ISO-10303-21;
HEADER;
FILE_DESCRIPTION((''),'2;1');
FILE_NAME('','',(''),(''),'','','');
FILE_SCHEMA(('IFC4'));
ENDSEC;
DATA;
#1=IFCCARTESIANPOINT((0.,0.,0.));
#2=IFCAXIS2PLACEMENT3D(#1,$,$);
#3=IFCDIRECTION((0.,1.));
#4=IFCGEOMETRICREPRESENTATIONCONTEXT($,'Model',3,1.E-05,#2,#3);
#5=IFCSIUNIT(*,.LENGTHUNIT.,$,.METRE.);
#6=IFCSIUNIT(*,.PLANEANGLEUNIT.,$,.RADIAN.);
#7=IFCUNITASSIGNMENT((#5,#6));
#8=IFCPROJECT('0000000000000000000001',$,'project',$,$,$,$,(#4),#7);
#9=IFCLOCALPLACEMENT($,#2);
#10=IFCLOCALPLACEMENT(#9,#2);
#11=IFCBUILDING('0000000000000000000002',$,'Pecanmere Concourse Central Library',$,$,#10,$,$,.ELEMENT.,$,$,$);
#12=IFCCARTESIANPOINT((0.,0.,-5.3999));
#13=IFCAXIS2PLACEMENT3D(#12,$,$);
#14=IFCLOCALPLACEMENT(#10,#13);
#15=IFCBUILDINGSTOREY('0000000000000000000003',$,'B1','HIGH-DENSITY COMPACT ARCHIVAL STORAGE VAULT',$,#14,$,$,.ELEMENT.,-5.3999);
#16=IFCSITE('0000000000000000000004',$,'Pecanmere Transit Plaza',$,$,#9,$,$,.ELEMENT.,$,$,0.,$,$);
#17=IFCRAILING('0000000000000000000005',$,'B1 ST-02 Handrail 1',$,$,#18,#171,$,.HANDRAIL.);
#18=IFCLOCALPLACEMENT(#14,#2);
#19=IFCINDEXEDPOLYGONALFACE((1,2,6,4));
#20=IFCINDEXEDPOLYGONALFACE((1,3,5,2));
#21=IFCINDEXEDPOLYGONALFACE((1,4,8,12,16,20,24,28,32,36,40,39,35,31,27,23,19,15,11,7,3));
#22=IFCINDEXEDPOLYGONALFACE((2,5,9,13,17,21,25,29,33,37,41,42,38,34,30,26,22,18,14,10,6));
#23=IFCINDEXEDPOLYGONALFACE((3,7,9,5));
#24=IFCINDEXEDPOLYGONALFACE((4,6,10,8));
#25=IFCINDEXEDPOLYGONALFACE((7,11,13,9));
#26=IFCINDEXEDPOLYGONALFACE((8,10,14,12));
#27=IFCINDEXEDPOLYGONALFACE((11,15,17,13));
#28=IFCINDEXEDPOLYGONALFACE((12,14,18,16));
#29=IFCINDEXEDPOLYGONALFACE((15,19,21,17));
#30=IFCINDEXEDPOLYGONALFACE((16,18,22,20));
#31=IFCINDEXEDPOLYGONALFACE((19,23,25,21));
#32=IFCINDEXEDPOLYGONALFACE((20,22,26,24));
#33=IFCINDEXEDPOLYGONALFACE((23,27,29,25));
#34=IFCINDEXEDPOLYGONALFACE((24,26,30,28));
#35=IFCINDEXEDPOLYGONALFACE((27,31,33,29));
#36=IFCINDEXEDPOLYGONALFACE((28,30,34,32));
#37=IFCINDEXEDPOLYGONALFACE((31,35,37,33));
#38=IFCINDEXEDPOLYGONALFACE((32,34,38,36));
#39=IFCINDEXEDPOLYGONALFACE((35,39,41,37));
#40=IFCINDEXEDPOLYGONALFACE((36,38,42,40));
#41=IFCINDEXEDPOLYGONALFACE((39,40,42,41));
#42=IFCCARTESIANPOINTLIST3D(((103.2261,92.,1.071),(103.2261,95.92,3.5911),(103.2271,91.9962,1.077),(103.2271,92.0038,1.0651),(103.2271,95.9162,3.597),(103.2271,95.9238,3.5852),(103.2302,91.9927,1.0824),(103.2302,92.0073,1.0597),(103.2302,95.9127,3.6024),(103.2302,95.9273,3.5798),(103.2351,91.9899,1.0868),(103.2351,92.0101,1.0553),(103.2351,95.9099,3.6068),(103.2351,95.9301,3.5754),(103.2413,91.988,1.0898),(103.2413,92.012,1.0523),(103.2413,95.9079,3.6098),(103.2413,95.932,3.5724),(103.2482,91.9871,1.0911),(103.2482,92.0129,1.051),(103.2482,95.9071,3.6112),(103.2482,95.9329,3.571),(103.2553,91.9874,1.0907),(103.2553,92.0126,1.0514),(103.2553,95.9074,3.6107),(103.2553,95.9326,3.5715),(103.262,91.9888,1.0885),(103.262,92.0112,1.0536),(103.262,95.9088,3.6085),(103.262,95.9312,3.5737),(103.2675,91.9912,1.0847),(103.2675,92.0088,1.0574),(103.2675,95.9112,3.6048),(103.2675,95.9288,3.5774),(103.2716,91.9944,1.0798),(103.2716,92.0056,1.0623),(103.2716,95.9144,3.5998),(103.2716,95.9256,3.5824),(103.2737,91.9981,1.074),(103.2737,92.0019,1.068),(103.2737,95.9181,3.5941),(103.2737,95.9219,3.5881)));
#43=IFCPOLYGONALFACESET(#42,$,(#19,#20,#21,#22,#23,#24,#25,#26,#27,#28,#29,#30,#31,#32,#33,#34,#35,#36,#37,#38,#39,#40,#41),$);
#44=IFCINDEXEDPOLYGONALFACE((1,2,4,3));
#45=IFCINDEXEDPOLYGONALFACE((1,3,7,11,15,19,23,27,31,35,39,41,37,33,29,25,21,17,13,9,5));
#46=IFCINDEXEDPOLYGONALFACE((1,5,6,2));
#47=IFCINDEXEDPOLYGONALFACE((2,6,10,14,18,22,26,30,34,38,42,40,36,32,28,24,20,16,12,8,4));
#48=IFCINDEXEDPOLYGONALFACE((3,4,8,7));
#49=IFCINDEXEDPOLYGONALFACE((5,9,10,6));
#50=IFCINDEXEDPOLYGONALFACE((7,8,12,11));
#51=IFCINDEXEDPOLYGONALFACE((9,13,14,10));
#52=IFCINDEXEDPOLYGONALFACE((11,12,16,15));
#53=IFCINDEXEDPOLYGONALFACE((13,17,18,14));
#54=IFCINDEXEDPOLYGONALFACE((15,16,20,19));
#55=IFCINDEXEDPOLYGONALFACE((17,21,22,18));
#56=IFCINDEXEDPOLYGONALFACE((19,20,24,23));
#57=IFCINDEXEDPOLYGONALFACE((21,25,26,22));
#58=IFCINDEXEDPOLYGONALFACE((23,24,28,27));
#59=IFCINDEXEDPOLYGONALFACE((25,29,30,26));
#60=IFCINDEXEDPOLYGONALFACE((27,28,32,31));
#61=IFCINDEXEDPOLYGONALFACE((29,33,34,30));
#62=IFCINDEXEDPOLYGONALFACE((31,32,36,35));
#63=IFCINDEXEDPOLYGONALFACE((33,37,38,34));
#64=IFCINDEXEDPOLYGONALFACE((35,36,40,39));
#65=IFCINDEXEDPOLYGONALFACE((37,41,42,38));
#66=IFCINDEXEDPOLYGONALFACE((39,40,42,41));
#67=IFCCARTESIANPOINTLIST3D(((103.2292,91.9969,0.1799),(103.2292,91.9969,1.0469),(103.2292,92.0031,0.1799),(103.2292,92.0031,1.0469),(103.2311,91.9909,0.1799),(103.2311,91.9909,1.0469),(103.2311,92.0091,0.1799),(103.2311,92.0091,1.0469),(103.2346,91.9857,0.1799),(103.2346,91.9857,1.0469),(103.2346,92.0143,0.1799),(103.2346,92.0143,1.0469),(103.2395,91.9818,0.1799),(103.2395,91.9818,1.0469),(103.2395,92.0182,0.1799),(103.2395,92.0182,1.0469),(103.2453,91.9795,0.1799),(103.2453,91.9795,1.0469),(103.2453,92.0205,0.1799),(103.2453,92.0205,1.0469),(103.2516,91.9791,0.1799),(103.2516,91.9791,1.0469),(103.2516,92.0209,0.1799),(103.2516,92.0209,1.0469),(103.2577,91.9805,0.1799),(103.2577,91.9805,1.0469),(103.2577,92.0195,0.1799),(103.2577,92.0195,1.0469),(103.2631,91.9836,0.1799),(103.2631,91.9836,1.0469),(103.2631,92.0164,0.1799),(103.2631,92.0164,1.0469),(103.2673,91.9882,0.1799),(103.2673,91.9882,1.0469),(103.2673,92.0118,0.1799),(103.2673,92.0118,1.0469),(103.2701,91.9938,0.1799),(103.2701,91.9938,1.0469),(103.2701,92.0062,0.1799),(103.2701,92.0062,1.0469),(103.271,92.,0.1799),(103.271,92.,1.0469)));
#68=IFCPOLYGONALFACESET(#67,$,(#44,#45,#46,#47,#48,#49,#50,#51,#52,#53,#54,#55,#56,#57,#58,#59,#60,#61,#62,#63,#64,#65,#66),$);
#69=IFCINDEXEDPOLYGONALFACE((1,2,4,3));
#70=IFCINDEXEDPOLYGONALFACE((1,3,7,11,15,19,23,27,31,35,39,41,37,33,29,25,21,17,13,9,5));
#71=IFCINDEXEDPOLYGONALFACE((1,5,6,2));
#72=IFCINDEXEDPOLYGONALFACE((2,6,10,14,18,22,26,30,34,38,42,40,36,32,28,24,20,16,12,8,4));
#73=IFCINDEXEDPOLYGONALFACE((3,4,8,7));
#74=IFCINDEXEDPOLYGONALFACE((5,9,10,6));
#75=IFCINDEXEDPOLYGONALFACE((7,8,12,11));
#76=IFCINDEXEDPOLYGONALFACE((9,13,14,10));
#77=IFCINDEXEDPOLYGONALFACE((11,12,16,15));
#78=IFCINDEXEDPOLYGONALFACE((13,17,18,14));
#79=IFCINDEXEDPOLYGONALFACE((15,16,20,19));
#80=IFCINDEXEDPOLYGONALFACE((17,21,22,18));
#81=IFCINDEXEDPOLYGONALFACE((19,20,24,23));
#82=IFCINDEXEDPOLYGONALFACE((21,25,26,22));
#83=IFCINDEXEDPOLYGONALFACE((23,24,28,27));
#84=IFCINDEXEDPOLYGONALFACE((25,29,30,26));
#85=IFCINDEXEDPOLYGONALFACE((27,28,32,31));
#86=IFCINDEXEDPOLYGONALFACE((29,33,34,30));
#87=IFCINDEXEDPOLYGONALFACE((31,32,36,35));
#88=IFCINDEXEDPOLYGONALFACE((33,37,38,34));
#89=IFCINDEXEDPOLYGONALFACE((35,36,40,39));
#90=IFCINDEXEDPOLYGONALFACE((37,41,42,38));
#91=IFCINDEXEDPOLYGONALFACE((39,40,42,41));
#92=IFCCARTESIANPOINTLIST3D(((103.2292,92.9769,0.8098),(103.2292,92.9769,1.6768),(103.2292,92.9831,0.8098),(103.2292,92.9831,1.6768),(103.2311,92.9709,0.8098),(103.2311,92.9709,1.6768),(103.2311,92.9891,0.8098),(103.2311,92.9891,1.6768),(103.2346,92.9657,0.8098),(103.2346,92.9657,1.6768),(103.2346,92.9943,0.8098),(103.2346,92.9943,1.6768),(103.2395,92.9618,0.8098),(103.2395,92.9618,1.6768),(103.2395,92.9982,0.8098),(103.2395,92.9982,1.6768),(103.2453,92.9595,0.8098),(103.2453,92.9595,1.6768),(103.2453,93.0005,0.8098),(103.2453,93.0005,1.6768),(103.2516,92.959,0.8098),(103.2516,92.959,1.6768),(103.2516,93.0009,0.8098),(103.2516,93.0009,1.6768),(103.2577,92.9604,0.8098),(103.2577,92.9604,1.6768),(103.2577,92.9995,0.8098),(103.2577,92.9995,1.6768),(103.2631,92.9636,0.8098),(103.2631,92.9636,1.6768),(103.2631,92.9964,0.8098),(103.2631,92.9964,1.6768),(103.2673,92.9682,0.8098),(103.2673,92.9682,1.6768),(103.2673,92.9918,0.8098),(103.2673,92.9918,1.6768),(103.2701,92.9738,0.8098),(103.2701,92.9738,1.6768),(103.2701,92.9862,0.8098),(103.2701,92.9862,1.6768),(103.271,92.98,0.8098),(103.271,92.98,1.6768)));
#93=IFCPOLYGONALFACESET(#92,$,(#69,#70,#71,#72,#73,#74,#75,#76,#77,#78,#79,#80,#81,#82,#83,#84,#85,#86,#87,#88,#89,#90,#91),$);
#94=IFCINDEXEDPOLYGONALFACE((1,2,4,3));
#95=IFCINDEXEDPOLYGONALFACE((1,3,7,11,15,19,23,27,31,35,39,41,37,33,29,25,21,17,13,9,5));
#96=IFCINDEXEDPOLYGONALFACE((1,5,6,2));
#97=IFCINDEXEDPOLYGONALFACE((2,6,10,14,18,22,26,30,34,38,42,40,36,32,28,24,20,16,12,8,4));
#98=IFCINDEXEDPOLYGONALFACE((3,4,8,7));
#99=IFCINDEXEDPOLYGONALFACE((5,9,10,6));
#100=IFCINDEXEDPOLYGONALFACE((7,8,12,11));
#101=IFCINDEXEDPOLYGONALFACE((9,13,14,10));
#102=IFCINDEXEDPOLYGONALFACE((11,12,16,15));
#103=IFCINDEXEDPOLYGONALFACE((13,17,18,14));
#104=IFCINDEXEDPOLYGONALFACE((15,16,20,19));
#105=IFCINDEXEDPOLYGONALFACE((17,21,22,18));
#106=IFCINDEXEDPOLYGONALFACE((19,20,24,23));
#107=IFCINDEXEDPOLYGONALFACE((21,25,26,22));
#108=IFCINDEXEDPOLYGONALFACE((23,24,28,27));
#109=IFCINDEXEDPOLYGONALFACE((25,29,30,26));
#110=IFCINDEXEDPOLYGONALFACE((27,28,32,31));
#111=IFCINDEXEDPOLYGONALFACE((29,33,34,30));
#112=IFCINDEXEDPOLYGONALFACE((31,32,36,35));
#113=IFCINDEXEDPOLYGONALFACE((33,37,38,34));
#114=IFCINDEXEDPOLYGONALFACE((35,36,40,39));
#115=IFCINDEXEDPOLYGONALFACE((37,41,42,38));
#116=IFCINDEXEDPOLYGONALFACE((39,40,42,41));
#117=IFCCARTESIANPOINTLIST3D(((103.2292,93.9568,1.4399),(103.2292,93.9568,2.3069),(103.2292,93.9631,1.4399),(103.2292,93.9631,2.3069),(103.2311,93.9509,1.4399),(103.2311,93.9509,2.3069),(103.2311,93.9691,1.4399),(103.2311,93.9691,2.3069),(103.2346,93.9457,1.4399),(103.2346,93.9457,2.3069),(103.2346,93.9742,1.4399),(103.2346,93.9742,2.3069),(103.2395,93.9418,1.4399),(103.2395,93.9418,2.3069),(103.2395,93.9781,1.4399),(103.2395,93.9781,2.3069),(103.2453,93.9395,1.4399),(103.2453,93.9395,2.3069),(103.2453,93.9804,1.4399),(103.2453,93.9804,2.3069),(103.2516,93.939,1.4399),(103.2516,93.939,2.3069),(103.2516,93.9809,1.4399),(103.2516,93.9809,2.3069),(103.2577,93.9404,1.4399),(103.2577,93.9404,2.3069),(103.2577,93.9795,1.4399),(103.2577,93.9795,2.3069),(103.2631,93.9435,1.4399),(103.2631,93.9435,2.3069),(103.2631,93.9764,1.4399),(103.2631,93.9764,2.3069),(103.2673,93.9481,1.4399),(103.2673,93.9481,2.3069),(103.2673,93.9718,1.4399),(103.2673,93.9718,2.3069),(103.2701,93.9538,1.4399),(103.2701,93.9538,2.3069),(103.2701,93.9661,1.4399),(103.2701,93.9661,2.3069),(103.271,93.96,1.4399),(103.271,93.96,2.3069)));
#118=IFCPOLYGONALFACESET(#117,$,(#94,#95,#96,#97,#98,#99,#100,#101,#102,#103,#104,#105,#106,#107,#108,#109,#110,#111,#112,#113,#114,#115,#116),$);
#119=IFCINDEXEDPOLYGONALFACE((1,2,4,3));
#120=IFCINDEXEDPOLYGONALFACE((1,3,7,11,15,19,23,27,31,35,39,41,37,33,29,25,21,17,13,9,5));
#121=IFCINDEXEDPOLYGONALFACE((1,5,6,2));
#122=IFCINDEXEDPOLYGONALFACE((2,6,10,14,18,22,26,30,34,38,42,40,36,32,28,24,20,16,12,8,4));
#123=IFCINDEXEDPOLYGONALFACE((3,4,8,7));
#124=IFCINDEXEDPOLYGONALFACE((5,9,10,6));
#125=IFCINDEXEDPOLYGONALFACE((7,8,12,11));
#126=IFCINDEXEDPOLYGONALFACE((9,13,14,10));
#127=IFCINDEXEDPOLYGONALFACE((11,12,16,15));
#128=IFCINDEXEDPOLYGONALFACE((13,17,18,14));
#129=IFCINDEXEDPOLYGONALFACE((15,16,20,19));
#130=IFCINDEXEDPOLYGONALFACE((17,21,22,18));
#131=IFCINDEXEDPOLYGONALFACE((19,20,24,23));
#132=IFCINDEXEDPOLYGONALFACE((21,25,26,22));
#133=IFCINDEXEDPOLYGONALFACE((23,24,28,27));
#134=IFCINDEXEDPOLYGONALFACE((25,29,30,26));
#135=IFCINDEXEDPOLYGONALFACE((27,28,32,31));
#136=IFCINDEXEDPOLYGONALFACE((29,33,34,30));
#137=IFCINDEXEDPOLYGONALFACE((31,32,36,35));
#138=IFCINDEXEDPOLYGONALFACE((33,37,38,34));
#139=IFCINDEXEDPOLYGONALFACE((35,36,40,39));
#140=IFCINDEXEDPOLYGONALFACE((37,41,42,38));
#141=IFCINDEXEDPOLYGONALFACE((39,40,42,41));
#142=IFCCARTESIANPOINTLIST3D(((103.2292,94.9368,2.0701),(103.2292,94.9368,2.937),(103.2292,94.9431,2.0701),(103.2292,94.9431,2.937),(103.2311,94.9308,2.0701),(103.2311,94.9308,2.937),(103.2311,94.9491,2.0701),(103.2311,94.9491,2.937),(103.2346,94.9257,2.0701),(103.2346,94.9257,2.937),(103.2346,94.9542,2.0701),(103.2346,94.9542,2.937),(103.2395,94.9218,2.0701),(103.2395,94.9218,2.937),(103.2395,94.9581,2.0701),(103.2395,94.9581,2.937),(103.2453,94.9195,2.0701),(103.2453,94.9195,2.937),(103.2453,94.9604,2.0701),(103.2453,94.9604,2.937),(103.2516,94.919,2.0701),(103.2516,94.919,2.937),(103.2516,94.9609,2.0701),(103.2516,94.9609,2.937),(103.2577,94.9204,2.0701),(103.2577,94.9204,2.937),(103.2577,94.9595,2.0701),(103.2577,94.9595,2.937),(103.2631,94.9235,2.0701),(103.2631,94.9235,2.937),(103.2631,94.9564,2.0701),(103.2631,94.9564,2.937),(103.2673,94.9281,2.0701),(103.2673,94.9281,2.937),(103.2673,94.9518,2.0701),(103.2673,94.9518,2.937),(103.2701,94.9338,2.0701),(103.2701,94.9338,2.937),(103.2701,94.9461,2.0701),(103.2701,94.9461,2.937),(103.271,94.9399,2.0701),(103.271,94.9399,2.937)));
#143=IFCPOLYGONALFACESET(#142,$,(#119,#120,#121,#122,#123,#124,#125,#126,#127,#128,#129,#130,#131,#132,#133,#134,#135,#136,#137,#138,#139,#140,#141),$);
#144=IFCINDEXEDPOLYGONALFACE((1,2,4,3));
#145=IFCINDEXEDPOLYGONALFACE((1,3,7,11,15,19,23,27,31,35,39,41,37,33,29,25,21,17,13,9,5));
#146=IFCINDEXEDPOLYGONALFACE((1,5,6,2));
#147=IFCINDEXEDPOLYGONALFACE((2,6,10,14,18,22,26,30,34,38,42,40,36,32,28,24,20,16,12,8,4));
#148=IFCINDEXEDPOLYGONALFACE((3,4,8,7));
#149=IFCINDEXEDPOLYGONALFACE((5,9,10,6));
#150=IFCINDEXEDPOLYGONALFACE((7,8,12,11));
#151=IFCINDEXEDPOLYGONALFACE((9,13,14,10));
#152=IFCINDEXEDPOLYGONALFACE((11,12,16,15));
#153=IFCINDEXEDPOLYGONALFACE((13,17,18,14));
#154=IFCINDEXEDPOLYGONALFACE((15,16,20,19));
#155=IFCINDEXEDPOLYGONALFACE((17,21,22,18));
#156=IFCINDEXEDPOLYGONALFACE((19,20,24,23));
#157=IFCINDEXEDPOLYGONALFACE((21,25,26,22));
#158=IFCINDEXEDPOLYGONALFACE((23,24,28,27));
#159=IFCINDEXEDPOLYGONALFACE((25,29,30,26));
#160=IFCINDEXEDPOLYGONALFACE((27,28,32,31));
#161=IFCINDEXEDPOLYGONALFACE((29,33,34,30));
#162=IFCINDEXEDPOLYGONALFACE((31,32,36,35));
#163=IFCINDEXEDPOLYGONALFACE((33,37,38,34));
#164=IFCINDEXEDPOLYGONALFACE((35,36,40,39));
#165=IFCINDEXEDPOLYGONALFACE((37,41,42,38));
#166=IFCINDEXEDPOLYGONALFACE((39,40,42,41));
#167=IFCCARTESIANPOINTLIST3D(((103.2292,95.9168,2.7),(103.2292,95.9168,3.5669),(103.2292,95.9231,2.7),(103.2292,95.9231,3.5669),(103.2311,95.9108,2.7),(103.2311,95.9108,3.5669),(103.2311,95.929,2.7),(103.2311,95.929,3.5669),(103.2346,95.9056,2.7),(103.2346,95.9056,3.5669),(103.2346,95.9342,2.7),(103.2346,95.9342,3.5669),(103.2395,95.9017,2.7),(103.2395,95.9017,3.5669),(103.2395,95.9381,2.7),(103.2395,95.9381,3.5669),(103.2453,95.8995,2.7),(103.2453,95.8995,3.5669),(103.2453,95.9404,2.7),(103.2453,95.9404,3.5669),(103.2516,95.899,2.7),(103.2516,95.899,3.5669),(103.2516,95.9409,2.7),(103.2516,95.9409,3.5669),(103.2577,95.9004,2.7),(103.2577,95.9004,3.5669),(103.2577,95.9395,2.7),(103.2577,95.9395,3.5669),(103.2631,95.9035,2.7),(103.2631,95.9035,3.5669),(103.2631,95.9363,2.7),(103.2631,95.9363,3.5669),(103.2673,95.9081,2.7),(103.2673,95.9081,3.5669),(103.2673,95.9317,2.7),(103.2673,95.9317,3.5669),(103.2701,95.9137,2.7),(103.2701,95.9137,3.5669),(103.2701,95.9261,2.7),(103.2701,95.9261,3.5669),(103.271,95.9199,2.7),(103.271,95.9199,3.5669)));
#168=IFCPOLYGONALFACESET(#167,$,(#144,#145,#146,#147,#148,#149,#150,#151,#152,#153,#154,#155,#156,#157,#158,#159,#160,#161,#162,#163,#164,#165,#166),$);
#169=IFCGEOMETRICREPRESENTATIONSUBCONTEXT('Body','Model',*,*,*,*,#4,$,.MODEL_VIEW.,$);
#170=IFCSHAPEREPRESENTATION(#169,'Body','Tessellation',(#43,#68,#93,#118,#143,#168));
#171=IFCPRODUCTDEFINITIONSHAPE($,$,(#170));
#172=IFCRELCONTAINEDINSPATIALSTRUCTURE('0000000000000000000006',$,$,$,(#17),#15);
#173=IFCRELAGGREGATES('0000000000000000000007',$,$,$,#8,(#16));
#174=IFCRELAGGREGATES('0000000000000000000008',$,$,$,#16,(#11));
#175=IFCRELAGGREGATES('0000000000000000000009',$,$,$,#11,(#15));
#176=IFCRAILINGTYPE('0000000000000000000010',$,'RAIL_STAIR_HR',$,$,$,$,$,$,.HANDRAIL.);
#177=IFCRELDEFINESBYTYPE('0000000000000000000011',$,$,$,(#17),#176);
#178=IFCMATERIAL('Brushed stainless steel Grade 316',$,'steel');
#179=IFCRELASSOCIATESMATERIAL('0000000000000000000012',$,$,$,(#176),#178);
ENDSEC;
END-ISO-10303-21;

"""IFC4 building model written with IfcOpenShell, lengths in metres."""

from ifc_helpers import new_model, si_unit, direction, frame, origin, origin_2d, place, context, subcontext, project, spatial, circle, extrude, material, type_object, element, save


model = new_model("IFC4")

# Units and contexts
model_context = context("Model", 3, precision=1e-05, world=origin(), true_north=direction((0.0, 1.0)))
body_context = subcontext(model_context, "Body", "Model", "MODEL_VIEW")
ifc_project = project(units=[si_unit("LENGTHUNIT", "METRE"), si_unit("PLANEANGLEUNIT", "RADIAN")], contexts=[model_context])

# Site, building, storey
site_placement = place(None, origin())
site = spatial("IfcSite", under=ifc_project, at=site_placement, Name="Pecanmere Transit Plaza", CompositionType="ELEMENT", RefElevation=0.0)
building_placement = place(site_placement, origin())
building = spatial("IfcBuilding", under=site, at=building_placement, Name="Pecanmere Concourse Central Library", CompositionType="ELEMENT")
storey_placement = place(building_placement, frame((0.0, 0.0, -5.3999)))
storey = spatial("IfcBuildingStorey", under=building, at=storey_placement, Name="B1", Description="HIGH-DENSITY COMPACT ARCHIVAL STORAGE VAULT", CompositionType="ELEMENT", Elevation=-5.3999)

# Railing
ifc_material_1 = material(Name="Brushed stainless steel Grade 316", Category="steel")
railing_type_1 = type_object("IfcRailingType", Name="RAIL_STAIR_HR", PredefinedType="HANDRAIL", material=ifc_material_1)
railing_1_placement = place(storey_placement, frame((103.25, 92.0, 0.1799)))
element("IfcRailing", 1, at=railing_1_placement, inside=storey, type_object=railing_type_1, Name="B1 ST-02 Handrail 1", PredefinedType="HANDRAIL", context=body_context, shape_type="SweptSolid", body=[
    extrude(circle(Radius=0.0239, at=origin_2d()), frame((0.0, 0.0, 0.8911), z_axis=(0.0, 0.841172, 0.540768), x_axis=(-1.0, 0.0, 0.0)), (0.0, 0.0, 1.0), 4.6602),
    extrude(circle(Radius=0.021, at=origin_2d()), origin(), (0.0, 0.0, 1.0), 0.8669),
    extrude(circle(Radius=0.021, at=origin_2d()), frame((0.0, 0.98, 0.6299)), (0.0, 0.0, 1.0), 0.8669),
    extrude(circle(Radius=0.021, at=origin_2d()), frame((0.0, 1.96, 1.26)), (0.0, 0.0, 1.0), 0.8669),
    extrude(circle(Radius=0.021, at=origin_2d()), frame((0.0, 2.9399, 1.8901)), (0.0, 0.0, 1.0), 0.8669),
    extrude(circle(Radius=0.021, at=origin_2d()), frame((0.0, 3.9199, 2.52)), (0.0, 0.0, 1.0), 0.8669),
])

save(model, "model.ifc")
